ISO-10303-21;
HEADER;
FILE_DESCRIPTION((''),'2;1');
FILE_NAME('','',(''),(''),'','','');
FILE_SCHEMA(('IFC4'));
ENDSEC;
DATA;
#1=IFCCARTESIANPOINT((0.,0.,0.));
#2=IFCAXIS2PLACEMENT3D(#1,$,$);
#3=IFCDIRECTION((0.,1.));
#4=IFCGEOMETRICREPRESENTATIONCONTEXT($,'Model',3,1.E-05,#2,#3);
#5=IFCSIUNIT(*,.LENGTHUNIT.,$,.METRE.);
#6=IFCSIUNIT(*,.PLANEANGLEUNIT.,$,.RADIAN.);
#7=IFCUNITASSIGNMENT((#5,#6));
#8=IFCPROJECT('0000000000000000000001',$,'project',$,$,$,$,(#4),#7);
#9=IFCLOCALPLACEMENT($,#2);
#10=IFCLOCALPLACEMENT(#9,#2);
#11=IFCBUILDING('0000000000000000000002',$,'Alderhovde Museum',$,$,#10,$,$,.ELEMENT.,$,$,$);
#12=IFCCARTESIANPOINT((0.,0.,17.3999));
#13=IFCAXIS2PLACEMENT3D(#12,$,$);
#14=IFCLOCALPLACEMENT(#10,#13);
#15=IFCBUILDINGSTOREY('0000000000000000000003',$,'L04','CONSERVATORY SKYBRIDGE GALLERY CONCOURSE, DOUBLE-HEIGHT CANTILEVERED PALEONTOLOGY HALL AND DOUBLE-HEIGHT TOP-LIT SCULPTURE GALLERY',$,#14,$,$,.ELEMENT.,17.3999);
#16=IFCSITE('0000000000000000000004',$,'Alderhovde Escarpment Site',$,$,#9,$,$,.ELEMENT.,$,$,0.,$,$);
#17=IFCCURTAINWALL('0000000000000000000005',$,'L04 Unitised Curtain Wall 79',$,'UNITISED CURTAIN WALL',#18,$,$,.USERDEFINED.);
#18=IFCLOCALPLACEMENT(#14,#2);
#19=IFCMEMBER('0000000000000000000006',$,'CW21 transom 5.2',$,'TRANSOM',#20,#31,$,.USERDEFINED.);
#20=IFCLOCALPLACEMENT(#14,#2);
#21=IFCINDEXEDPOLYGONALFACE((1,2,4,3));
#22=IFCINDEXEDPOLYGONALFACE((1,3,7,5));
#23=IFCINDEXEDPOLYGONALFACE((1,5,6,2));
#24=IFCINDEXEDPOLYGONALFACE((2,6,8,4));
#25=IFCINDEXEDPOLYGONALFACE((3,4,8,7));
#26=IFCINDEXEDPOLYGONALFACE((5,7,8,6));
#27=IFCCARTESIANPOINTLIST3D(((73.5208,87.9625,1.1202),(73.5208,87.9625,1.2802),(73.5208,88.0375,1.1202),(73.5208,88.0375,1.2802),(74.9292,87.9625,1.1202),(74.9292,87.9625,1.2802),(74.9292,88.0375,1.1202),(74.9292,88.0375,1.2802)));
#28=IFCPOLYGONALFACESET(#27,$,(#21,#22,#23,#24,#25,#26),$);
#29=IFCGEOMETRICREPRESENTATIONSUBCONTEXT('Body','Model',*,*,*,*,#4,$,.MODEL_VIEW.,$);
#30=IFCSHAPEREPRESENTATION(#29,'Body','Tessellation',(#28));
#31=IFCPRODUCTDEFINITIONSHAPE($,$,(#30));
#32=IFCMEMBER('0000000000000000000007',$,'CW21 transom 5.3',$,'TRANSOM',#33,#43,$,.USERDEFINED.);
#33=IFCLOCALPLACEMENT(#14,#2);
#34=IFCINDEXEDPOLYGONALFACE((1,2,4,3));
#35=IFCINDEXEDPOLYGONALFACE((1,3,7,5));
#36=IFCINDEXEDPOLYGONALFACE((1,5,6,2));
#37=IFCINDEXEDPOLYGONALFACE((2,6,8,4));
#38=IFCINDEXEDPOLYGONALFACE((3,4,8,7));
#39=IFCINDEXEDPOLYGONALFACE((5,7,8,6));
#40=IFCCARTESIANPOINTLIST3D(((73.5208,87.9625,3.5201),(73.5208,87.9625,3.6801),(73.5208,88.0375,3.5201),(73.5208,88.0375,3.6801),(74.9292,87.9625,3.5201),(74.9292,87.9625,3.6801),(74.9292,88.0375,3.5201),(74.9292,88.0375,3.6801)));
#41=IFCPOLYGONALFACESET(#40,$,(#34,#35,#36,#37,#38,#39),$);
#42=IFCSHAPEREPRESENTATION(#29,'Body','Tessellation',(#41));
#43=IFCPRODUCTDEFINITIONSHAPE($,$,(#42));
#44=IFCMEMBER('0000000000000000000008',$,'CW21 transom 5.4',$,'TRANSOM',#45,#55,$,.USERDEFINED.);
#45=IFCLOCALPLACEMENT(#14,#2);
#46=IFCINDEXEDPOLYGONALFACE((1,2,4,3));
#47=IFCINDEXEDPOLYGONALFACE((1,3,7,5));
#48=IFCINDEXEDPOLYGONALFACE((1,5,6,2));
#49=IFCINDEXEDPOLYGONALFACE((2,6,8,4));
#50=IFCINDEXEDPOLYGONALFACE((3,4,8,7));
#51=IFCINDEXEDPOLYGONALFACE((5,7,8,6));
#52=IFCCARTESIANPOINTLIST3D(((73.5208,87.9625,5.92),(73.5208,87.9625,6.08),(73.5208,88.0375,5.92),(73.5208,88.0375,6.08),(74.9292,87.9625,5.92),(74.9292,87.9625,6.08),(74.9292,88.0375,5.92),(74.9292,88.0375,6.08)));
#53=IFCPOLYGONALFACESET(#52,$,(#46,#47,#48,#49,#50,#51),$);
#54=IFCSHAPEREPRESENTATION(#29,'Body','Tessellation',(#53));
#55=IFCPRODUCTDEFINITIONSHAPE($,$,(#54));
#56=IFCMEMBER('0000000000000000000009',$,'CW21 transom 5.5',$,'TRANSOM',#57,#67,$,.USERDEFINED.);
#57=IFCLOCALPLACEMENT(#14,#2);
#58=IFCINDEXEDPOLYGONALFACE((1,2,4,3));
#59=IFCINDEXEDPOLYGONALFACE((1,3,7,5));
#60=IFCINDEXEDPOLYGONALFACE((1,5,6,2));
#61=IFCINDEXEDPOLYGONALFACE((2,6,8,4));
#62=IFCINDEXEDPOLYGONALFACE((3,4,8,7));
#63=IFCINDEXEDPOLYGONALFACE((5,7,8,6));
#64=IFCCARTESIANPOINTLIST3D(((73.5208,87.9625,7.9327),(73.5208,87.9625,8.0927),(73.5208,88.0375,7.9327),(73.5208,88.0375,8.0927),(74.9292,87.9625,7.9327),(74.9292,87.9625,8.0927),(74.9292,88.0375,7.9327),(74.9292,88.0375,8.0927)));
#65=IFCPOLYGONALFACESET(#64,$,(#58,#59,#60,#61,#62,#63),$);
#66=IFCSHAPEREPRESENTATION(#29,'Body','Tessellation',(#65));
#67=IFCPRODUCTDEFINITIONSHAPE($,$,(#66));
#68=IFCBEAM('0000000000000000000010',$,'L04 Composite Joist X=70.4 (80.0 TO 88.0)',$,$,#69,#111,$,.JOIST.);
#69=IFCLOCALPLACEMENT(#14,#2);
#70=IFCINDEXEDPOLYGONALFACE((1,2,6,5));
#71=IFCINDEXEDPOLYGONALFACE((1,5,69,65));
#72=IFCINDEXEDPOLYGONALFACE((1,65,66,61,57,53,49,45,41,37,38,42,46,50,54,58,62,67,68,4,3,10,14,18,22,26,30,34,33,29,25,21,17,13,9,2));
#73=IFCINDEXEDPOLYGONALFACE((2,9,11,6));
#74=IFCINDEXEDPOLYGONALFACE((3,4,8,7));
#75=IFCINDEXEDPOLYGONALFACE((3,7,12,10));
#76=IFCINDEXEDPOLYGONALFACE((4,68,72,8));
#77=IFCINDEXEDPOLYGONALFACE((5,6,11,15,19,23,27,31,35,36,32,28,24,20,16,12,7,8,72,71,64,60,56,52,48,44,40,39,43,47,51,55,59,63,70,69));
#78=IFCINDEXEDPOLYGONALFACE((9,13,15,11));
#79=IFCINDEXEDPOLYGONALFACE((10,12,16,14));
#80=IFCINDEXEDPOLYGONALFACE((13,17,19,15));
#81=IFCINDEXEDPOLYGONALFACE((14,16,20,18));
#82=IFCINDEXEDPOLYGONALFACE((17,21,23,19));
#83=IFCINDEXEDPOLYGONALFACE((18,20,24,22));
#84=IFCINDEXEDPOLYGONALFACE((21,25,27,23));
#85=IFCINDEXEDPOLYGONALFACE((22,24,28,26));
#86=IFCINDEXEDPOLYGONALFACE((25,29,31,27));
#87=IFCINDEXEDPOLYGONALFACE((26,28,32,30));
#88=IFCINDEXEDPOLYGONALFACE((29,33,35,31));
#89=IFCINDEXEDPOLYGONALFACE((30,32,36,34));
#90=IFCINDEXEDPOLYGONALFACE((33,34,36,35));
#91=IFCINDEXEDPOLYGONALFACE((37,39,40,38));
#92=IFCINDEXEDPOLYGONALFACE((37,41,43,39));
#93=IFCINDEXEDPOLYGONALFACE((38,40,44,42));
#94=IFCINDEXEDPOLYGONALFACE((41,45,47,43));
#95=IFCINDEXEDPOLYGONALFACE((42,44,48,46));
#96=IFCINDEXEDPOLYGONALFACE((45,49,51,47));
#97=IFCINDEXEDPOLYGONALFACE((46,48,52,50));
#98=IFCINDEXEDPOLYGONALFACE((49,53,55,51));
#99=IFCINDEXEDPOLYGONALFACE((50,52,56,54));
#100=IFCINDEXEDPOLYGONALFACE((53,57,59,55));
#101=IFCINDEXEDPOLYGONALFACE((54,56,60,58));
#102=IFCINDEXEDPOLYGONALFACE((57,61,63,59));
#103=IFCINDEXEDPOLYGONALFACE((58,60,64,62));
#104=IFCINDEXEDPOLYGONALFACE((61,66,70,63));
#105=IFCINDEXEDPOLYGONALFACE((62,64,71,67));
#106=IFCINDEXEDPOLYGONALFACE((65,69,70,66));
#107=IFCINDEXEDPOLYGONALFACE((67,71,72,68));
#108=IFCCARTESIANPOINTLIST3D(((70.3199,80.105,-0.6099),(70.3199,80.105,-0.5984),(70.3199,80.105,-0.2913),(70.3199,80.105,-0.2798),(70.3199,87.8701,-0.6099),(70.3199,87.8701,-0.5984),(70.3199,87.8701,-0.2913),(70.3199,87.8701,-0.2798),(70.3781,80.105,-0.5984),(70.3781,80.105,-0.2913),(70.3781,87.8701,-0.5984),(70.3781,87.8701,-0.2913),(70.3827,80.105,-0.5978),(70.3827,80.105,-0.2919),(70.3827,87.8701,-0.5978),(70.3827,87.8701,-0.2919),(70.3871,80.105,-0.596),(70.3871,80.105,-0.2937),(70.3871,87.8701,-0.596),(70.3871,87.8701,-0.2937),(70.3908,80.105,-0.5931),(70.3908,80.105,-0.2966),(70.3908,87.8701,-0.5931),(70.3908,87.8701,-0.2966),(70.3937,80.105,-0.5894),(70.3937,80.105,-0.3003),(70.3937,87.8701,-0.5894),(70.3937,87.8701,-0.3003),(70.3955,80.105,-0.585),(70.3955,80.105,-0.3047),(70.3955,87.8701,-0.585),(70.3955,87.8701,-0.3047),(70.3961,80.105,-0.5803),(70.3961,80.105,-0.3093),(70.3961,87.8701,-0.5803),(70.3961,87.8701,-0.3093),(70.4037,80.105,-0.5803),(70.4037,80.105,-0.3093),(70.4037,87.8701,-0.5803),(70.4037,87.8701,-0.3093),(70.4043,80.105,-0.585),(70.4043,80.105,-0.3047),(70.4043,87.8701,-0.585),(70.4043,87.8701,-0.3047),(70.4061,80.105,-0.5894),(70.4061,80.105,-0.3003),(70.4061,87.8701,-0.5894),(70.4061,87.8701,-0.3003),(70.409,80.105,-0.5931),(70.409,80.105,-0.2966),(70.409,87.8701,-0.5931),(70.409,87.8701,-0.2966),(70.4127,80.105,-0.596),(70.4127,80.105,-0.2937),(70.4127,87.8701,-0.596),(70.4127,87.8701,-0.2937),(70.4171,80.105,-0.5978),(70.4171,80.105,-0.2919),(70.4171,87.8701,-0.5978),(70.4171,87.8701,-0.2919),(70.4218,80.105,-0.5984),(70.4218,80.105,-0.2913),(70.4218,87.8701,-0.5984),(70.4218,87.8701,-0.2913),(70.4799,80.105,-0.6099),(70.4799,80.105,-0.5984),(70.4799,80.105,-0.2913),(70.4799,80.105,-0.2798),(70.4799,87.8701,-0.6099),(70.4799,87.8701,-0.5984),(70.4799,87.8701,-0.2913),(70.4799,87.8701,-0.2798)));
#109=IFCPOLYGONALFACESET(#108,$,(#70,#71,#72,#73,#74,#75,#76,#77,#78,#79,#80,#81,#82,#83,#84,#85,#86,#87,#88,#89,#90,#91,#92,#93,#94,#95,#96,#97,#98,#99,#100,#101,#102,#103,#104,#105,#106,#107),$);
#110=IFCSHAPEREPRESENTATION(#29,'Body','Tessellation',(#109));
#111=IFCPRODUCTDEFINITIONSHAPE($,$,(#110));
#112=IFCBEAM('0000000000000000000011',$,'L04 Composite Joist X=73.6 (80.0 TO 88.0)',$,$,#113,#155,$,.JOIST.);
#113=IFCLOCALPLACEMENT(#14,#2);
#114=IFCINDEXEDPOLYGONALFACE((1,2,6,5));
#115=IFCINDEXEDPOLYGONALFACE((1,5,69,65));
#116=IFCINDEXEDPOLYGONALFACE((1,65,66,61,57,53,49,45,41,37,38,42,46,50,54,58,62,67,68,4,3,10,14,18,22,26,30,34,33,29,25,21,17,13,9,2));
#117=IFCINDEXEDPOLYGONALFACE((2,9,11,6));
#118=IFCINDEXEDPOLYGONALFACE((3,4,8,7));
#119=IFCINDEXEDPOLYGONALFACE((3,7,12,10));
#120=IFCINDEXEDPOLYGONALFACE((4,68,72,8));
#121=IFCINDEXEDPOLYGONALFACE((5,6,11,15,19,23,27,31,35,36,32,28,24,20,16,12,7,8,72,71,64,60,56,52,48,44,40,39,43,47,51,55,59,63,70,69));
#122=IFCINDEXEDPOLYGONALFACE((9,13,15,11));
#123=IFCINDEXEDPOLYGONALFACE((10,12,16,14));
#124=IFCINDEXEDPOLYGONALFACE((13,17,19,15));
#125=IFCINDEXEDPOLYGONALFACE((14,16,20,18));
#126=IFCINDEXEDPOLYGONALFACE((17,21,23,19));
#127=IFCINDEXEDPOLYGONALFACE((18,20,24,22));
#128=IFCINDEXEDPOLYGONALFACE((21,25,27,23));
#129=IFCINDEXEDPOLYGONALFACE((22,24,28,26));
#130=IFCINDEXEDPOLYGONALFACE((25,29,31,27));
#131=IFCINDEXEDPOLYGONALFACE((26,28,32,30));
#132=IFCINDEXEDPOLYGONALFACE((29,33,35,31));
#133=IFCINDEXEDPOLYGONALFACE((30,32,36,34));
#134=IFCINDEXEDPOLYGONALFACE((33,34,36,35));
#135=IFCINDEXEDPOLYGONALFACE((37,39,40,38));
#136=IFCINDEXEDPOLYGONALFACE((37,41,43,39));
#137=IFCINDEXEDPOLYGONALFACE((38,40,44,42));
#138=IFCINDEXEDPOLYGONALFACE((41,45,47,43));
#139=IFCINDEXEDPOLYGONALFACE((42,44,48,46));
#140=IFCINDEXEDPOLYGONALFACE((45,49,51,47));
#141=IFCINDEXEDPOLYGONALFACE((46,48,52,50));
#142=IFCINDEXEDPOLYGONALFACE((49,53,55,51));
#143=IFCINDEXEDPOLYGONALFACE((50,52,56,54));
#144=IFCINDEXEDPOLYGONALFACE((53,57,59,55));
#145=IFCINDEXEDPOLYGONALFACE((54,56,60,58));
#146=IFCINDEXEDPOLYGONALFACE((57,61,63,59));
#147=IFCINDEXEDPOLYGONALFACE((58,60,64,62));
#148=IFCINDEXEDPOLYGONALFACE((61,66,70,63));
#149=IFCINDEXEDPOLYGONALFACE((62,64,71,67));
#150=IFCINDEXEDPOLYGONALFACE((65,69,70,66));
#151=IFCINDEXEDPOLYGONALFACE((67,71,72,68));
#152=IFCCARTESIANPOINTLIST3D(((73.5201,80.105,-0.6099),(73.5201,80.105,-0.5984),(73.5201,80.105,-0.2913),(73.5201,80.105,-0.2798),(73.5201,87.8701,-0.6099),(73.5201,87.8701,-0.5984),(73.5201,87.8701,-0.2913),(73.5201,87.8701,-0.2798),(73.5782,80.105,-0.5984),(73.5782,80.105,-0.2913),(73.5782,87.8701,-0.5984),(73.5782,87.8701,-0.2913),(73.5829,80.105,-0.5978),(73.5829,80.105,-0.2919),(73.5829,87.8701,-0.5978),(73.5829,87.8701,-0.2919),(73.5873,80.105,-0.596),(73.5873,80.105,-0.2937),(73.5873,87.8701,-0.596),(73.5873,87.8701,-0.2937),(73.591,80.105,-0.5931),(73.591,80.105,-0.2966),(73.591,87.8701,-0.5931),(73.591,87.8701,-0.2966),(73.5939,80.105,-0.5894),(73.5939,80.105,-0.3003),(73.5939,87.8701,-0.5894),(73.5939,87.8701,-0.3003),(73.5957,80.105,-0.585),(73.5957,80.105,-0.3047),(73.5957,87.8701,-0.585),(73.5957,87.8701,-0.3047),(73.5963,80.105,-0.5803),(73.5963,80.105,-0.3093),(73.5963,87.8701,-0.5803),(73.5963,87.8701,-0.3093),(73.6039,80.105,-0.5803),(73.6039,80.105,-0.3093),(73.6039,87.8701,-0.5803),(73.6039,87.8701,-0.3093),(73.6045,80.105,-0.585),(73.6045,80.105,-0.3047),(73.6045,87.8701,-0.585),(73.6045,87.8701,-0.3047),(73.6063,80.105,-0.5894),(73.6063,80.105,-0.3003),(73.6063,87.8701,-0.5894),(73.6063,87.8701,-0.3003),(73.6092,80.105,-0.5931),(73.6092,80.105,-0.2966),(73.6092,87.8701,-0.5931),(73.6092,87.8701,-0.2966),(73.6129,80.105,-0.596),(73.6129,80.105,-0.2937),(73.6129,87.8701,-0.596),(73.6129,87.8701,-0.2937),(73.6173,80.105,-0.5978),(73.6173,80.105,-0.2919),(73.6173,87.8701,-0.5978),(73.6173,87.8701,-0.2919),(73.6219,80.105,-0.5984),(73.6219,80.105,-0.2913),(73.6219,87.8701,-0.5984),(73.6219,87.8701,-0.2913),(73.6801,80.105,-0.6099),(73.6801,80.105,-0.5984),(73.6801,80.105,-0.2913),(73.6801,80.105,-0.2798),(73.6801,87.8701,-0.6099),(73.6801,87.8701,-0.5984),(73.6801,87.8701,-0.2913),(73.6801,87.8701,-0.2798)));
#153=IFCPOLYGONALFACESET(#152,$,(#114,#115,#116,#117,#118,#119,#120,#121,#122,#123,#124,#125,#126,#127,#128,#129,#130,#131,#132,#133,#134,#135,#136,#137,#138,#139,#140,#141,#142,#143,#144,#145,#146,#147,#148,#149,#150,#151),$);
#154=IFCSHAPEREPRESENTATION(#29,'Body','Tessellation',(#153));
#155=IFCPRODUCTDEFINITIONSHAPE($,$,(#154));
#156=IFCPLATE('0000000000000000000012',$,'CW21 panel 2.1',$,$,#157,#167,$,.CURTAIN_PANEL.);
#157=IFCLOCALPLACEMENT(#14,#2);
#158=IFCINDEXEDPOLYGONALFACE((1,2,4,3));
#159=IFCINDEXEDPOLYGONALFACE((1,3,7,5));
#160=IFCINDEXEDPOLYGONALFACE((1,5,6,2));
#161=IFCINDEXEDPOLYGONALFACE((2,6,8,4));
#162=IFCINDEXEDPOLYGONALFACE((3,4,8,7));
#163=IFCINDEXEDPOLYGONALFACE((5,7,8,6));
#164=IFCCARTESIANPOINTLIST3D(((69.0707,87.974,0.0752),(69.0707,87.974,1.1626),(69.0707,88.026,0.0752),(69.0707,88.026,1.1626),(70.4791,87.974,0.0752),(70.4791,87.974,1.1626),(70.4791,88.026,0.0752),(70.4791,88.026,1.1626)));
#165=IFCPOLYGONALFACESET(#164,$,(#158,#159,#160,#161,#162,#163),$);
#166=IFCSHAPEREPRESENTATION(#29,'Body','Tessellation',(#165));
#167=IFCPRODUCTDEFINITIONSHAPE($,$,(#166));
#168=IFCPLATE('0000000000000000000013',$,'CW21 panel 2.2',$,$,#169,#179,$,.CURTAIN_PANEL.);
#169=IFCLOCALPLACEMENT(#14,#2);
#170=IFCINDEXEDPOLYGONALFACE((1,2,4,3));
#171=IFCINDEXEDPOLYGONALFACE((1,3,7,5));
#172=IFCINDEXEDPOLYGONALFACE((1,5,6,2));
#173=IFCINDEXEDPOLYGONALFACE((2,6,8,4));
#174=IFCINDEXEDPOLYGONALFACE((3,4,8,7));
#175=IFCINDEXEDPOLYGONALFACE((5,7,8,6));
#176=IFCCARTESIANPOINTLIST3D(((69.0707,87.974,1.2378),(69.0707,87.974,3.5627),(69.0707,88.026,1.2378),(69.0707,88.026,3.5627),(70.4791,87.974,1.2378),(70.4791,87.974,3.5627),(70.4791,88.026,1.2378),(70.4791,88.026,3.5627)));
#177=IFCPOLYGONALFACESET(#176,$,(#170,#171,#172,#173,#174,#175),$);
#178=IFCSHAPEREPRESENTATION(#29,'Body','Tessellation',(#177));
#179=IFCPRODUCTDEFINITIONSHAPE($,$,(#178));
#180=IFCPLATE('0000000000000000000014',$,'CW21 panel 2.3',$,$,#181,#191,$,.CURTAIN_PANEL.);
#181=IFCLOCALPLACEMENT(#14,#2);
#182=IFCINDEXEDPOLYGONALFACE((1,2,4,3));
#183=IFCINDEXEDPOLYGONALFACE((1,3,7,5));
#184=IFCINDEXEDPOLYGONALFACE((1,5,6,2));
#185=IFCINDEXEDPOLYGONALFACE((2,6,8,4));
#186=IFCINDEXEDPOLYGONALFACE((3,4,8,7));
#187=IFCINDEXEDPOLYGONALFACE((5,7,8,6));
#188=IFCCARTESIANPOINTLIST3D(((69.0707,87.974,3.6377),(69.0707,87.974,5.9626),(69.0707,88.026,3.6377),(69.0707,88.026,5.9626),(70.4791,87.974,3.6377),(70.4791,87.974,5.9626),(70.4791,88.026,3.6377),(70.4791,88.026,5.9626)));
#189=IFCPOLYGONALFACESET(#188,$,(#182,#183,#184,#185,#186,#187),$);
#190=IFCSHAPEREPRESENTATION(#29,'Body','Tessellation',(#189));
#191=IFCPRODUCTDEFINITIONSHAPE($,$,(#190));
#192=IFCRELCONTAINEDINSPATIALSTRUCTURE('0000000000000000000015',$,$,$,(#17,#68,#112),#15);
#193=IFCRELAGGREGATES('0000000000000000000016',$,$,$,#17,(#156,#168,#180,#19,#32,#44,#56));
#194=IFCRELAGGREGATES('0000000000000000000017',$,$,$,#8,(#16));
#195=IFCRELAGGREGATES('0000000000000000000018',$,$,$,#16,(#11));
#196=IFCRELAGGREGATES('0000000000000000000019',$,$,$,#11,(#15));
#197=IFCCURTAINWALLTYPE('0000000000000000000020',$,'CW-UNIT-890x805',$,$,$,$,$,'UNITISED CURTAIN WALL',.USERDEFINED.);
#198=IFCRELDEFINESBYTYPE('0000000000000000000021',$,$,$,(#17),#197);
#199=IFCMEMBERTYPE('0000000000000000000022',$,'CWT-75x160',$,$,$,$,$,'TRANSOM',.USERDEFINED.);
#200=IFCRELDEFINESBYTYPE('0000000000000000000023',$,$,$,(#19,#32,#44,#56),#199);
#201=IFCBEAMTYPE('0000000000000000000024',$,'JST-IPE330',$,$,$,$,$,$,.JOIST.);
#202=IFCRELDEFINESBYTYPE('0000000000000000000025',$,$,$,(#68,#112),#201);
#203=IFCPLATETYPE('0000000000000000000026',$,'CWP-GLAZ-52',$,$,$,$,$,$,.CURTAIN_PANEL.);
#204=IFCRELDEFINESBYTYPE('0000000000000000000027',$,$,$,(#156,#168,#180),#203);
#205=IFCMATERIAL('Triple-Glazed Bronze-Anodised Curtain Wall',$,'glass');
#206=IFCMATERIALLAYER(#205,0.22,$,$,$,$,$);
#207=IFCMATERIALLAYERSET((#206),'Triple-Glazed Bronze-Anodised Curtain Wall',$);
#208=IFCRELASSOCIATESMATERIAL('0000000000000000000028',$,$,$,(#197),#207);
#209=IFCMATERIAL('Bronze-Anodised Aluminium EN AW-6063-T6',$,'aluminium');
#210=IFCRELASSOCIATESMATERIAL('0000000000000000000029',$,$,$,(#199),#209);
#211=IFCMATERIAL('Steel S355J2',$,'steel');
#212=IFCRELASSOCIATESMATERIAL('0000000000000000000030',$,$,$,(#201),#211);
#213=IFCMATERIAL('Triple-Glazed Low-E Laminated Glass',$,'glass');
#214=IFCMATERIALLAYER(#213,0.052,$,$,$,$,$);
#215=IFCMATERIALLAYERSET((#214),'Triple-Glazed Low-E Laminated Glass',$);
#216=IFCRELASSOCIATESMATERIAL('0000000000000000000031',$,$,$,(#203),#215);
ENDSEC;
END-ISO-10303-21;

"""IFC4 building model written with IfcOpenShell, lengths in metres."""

from ifc_helpers import new_model, si_unit, direction, frame, origin, origin_2d, place, context, subcontext, project, spatial, rectangle, i_section, extrude, material, layer, layer_set, material_profile, profile_set, type_object, element, aggregate, save


model = new_model("IFC4")

# Units and contexts
model_context = context("Model", 3, precision=1e-05, world=origin(), true_north=direction((0.0, 1.0)))
body_context = subcontext(model_context, "Body", "Model", "MODEL_VIEW")
ifc_project = project(units=[si_unit("LENGTHUNIT", "METRE"), si_unit("PLANEANGLEUNIT", "RADIAN")], contexts=[model_context])

# Site, building, storey
site_placement = place(None, origin())
site = spatial("IfcSite", under=ifc_project, at=site_placement, Name="Alderhovde Escarpment Site", CompositionType="ELEMENT", RefElevation=0.0)
building_placement = place(site_placement, origin())
building = spatial("IfcBuilding", under=site, at=building_placement, Name="Alderhovde Museum", CompositionType="ELEMENT")
storey_placement = place(building_placement, frame((0.0, 0.0, 17.3999)))
storey = spatial("IfcBuildingStorey", under=building, at=storey_placement, Name="L04", Description="CONSERVATORY SKYBRIDGE GALLERY CONCOURSE, DOUBLE-HEIGHT CANTILEVERED PALEONTOLOGY HALL AND DOUBLE-HEIGHT TOP-LIT SCULPTURE GALLERY", CompositionType="ELEMENT", Elevation=17.3999)

# Curtain wall, members
ifc_material_1 = material(Name="Triple-Glazed Bronze-Anodised Curtain Wall", Category="glass")
ifc_layer_1 = layer(ifc_material_1, 0.22)
ifc_layer_set_1 = layer_set([ifc_layer_1], Name="Triple-Glazed Bronze-Anodised Curtain Wall")
curtain_wall_type = type_object("IfcCurtainWallType", Name="CW-UNIT-890x805", ElementType="UNITISED CURTAIN WALL", PredefinedType="USERDEFINED", material=ifc_layer_set_1)
curtain_wall_placement = place(storey_placement, origin())
curtain_wall = element("IfcCurtainWall", 1, at=curtain_wall_placement, inside=storey, type_object=curtain_wall_type, Name="L04 Unitised Curtain Wall 79", ObjectType="UNITISED CURTAIN WALL", PredefinedType="USERDEFINED")
ifc_material_2 = material(Name="Bronze-Anodised Aluminium EN AW-6063-T6", Category="aluminium")
ifc_material_profile_1 = material_profile(ifc_material_2, rectangle(XDim=0.075, YDim=0.1599, at=origin_2d()), Name="TRANSOM 75x160")
ifc_profile_set_1 = profile_set([ifc_material_profile_1], Name="Bronze-Anodised Aluminium EN AW-6063-T6")
member_type_1 = type_object("IfcMemberType", Name="CWT-75x160", ElementType="TRANSOM", PredefinedType="USERDEFINED", material=ifc_profile_set_1)
member_1_placement = place(storey_placement, frame((73.5208, 88.0, 1.2002), z_axis=(1.0, 0.0, 0.0), x_axis=(0.0, 1.0, 0.0)))
member_1 = element("IfcMember", 2, at=member_1_placement, type_object=member_type_1, Name="CW21 transom 5.2", ObjectType="TRANSOM", PredefinedType="USERDEFINED", context=body_context, shape_type="SweptSolid", body=[
    extrude(rectangle(XDim=0.075, YDim=0.1599, at=origin_2d()), origin(), (0.0, 0.0, 1.0), 1.4084),
])
member_2_placement = place(storey_placement, frame((73.5208, 88.0, 3.6001), z_axis=(1.0, 0.0, 0.0), x_axis=(0.0, 1.0, 0.0)))
member_2 = element("IfcMember", 3, at=member_2_placement, type_object=member_type_1, Name="CW21 transom 5.3", ObjectType="TRANSOM", PredefinedType="USERDEFINED", context=body_context, shape_type="SweptSolid", body=[
    extrude(rectangle(XDim=0.075, YDim=0.1599, at=origin_2d()), origin(), (0.0, 0.0, 1.0), 1.4084),
])
member_3_placement = place(storey_placement, frame((73.5208, 88.0, 6.0), z_axis=(1.0, 0.0, 0.0), x_axis=(0.0, 1.0, 0.0)))
member_3 = element("IfcMember", 4, at=member_3_placement, type_object=member_type_1, Name="CW21 transom 5.4", ObjectType="TRANSOM", PredefinedType="USERDEFINED", context=body_context, shape_type="SweptSolid", body=[
    extrude(rectangle(XDim=0.075, YDim=0.1599, at=origin_2d()), origin(), (0.0, 0.0, 1.0), 1.4084),
])
member_4_placement = place(storey_placement, frame((73.5208, 88.0, 8.0127), z_axis=(1.0, 0.0, 0.0), x_axis=(0.0, 1.0, 0.0)))
member_4 = element("IfcMember", 5, at=member_4_placement, type_object=member_type_1, Name="CW21 transom 5.5", ObjectType="TRANSOM", PredefinedType="USERDEFINED", context=body_context, shape_type="SweptSolid", body=[
    extrude(rectangle(XDim=0.075, YDim=0.1599, at=origin_2d()), origin(), (0.0, 0.0, 1.0), 1.4084),
])

# Beams
ifc_material_3 = material(Name="Steel S355J2", Category="steel")
ifc_material_profile_2 = material_profile(ifc_material_3, i_section(OverallWidth=0.1599, OverallDepth=0.3301, WebThickness=0.0076, FlangeThickness=0.0115, FilletRadius=0.0181, at=origin_2d()), Name="IPE 330")
ifc_profile_set_2 = profile_set([ifc_material_profile_2], Name="Steel S355J2")
beam_type = type_object("IfcBeamType", Name="JST-IPE330", PredefinedType="JOIST", material=ifc_profile_set_2)
for number, where, z_axis, x_axis, name in (
    (6, (70.3999, 80.105, -0.4448), (0.0, 1.0, 0.0), (-1.0, 0.0, 0.0), "L04 Composite Joist X=70.4 (80.0 TO 88.0)"),
    (7, (73.6001, 80.105, -0.4448), (0.0, 1.0, 0.0), (-1.0, 0.0, 0.0), "L04 Composite Joist X=73.6 (80.0 TO 88.0)"),
):
    element("IfcBeam", number, at=place(storey_placement, frame(where, z_axis=z_axis, x_axis=x_axis)), inside=storey, type_object=beam_type, Name=name, PredefinedType="JOIST", context=body_context, shape_type="SweptSolid", body=[
        extrude(i_section(OverallWidth=0.1599, OverallDepth=0.3301, WebThickness=0.0076, FlangeThickness=0.0115, FilletRadius=0.0181, at=origin_2d()), origin(), (0.0, 0.0, 1.0), 7.7651),
    ])

# Plates
ifc_material_4 = material(Name="Triple-Glazed Low-E Laminated Glass", Category="glass")
ifc_layer_2 = layer(ifc_material_4, 0.052)
ifc_layer_set_2 = layer_set([ifc_layer_2], Name="Triple-Glazed Low-E Laminated Glass")
plate_type = type_object("IfcPlateType", Name="CWP-GLAZ-52", PredefinedType="CURTAIN_PANEL", material=ifc_layer_set_2)
plate_1_placement = place(storey_placement, frame((69.7749, 88.0, 0.0752), z_axis=(0.0, 0.0, 1.0), x_axis=(1.0, 0.0, 0.0)))
plate_1 = element("IfcPlate", 8, at=plate_1_placement, type_object=plate_type, Name="CW21 panel 2.1", PredefinedType="CURTAIN_PANEL", context=body_context, shape_type="SweptSolid", body=[
    extrude(rectangle(XDim=1.4084, YDim=0.052, at=origin_2d()), origin(), (0.0, 0.0, 1.0), 1.0874),
])
plate_2_placement = place(storey_placement, frame((69.7749, 88.0, 1.2378), z_axis=(0.0, 0.0, 1.0), x_axis=(1.0, 0.0, 0.0)))
plate_2 = element("IfcPlate", 9, at=plate_2_placement, type_object=plate_type, Name="CW21 panel 2.2", PredefinedType="CURTAIN_PANEL", context=body_context, shape_type="SweptSolid", body=[
    extrude(rectangle(XDim=1.4084, YDim=0.052, at=origin_2d()), origin(), (0.0, 0.0, 1.0), 2.325),
])
plate_3_placement = place(storey_placement, frame((69.7749, 88.0, 3.6377), z_axis=(0.0, 0.0, 1.0), x_axis=(1.0, 0.0, 0.0)))
plate_3 = element("IfcPlate", 10, at=plate_3_placement, type_object=plate_type, Name="CW21 panel 2.3", PredefinedType="CURTAIN_PANEL", context=body_context, shape_type="SweptSolid", body=[
    extrude(rectangle(XDim=1.4084, YDim=0.052, at=origin_2d()), origin(), (0.0, 0.0, 1.0), 2.325),
])
aggregate(curtain_wall, [plate_1, plate_2, plate_3, member_1, member_2, member_3, member_4])

save(model, "model.ifc")
